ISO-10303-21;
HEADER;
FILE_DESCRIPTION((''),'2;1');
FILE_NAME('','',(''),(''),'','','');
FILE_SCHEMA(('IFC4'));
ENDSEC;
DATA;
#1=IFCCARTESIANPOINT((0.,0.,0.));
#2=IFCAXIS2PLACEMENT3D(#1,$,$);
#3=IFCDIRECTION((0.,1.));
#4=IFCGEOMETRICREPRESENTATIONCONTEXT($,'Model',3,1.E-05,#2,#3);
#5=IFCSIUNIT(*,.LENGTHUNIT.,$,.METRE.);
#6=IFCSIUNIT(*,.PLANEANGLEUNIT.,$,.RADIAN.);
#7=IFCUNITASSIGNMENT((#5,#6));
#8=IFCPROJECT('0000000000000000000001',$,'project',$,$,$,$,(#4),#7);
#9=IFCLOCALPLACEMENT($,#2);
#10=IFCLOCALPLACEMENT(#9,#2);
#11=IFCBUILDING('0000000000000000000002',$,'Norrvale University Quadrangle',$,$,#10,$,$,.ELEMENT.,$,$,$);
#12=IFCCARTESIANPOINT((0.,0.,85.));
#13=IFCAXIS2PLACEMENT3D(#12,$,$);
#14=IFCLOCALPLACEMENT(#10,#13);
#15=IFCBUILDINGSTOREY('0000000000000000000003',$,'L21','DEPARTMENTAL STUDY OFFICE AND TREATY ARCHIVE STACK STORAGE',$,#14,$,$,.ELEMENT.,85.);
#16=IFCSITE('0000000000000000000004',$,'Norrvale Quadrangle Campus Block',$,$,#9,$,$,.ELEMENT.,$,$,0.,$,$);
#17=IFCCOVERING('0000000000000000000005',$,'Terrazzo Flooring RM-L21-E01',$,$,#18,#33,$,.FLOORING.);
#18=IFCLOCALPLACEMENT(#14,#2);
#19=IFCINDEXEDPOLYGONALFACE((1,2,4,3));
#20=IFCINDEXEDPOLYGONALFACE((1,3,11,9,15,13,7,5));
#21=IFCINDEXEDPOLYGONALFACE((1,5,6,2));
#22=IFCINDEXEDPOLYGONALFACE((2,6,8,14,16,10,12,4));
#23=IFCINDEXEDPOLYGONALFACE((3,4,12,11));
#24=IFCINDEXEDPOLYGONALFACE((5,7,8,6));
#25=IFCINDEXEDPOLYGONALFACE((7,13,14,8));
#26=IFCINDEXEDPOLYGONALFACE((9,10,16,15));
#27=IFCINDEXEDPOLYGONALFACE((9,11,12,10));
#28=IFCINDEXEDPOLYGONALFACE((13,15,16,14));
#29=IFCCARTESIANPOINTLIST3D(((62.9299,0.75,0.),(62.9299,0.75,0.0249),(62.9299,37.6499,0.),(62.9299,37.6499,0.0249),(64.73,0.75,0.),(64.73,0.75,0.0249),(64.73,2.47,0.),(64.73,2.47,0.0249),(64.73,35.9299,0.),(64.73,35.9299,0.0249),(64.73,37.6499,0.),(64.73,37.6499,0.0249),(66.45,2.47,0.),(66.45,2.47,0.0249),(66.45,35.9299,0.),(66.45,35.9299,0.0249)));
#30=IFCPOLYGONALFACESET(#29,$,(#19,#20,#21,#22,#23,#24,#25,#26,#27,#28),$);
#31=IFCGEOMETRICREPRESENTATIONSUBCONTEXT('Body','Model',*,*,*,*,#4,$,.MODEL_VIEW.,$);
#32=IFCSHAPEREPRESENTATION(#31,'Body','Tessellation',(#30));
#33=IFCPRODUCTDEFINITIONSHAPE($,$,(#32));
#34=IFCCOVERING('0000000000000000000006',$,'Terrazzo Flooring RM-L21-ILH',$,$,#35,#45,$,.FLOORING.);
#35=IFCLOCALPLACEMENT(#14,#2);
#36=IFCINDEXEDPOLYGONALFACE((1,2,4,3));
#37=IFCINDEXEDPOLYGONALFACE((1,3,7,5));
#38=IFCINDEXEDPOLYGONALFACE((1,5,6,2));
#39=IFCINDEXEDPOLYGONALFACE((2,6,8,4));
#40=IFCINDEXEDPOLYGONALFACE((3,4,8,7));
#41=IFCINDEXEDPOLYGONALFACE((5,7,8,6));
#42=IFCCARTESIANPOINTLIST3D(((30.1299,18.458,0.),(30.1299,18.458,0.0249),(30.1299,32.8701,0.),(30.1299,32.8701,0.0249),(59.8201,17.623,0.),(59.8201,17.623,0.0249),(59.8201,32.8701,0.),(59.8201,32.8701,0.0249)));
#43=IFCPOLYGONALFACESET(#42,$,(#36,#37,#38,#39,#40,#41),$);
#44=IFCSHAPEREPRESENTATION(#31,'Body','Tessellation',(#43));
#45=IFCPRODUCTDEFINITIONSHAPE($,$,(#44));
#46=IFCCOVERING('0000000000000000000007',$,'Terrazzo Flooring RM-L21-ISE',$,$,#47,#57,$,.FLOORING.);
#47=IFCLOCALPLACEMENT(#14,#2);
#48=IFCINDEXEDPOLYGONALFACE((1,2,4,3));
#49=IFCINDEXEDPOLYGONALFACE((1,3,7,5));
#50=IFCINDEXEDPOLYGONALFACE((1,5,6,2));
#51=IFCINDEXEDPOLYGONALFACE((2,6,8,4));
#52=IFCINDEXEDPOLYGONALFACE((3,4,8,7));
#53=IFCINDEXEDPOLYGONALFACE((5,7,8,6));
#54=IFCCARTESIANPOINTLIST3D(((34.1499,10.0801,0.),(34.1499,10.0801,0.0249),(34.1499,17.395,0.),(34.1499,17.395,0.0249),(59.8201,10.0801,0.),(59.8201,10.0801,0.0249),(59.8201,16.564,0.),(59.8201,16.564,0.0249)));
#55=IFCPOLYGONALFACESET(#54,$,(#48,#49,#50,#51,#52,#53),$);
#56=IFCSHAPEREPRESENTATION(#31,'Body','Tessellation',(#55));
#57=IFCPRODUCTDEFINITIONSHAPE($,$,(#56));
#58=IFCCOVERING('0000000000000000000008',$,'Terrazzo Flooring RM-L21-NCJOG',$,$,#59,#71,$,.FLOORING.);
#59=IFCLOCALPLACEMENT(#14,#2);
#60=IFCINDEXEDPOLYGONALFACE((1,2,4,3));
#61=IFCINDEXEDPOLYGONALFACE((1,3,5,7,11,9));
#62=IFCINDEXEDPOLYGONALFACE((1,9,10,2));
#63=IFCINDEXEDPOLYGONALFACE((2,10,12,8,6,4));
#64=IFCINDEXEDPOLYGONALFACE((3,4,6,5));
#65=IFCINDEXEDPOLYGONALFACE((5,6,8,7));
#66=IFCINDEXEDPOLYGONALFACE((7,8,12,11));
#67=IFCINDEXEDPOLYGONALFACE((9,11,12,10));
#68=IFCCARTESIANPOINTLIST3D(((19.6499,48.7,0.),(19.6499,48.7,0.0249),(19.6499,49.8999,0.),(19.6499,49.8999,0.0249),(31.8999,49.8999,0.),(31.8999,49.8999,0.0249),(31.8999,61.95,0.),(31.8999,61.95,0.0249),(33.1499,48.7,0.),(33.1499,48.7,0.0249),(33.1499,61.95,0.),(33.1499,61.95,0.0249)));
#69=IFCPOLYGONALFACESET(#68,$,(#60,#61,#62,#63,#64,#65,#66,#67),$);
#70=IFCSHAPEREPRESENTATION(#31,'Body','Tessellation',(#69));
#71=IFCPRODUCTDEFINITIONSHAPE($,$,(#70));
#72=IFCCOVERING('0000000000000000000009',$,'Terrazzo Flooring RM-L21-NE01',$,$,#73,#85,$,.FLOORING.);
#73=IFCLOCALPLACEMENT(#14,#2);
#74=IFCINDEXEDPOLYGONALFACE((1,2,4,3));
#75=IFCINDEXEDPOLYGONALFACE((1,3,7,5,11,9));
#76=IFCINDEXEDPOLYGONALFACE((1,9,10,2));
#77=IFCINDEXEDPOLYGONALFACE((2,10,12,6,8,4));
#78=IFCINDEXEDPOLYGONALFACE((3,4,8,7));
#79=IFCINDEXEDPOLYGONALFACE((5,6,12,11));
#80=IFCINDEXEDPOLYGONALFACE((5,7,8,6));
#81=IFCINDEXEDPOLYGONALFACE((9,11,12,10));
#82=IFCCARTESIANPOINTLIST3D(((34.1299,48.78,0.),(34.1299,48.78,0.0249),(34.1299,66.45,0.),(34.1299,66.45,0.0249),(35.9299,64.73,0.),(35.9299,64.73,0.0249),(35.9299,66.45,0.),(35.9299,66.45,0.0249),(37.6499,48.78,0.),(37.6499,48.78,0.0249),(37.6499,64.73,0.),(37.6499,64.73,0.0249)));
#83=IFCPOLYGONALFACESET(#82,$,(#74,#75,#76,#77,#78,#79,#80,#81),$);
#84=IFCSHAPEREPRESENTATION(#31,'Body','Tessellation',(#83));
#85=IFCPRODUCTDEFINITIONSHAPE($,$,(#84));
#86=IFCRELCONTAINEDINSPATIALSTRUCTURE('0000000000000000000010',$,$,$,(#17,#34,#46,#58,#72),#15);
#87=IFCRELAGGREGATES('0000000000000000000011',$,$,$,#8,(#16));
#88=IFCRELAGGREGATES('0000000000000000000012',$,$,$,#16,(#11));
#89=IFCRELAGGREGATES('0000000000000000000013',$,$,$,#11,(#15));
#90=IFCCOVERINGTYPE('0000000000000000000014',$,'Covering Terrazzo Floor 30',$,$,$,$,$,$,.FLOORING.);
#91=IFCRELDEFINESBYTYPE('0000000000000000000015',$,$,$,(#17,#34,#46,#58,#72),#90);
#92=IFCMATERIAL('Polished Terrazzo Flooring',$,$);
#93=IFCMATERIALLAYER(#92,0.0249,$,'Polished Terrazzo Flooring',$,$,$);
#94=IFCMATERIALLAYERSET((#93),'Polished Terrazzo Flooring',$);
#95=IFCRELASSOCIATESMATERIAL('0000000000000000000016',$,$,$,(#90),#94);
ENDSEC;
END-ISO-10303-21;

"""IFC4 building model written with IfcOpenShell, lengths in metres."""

from ifc_helpers import new_model, si_unit, direction, frame, origin, place, context, subcontext, project, spatial, polyline, outline, extrude, material, layer, layer_set, type_object, element, save


model = new_model("IFC4")

# Units and contexts
model_context = context("Model", 3, precision=1e-05, world=origin(), true_north=direction((0.0, 1.0)))
body_context = subcontext(model_context, "Body", "Model", "MODEL_VIEW")
ifc_project = project(units=[si_unit("LENGTHUNIT", "METRE"), si_unit("PLANEANGLEUNIT", "RADIAN")], contexts=[model_context])

# Site, building, storey
site_placement = place(None, origin())
site = spatial("IfcSite", under=ifc_project, at=site_placement, Name="Norrvale Quadrangle Campus Block", CompositionType="ELEMENT", RefElevation=0.0)
building_placement = place(site_placement, origin())
building = spatial("IfcBuilding", under=site, at=building_placement, Name="Norrvale University Quadrangle", CompositionType="ELEMENT")
storey_placement = place(building_placement, frame((0.0, 0.0, 85.0)))
storey = spatial("IfcBuildingStorey", under=building, at=storey_placement, Name="L21", Description="DEPARTMENTAL STUDY OFFICE AND TREATY ARCHIVE STACK STORAGE", CompositionType="ELEMENT", Elevation=85.0)

# Coverings
ifc_material_1 = material(Name="Polished Terrazzo Flooring")
ifc_layer_1 = layer(ifc_material_1, 0.0249, Name="Polished Terrazzo Flooring")
ifc_layer_set_1 = layer_set([ifc_layer_1], Name="Polished Terrazzo Flooring")
covering_type_1 = type_object("IfcCoveringType", Name="Covering Terrazzo Floor 30", PredefinedType="FLOORING", material=ifc_layer_set_1)
covering_1_placement = place(storey_placement, origin())
element("IfcCovering", 1, at=covering_1_placement, inside=storey, type_object=covering_type_1, Name="Terrazzo Flooring RM-L21-E01", PredefinedType="FLOORING", context=body_context, shape_type="SweptSolid", body=[
    extrude(outline(polyline([(62.9299, 0.75), (62.9299, 37.6499), (64.73, 37.6499), (64.73, 35.9299), (66.45, 35.9299), (66.45, 2.47), (64.73, 2.47), (64.73, 0.75), (62.9299, 0.75)])), origin(), (0.0, 0.0, 1.0), 0.0249),
])
covering_2_placement = place(storey_placement, origin())
element("IfcCovering", 2, at=covering_2_placement, inside=storey, type_object=covering_type_1, Name="Terrazzo Flooring RM-L21-ILH", PredefinedType="FLOORING", context=body_context, shape_type="SweptSolid", body=[
    extrude(outline(polyline([(30.1299, 18.458), (30.1299, 32.8701), (59.8201, 32.8701), (59.8201, 17.623), (30.1299, 18.458)])), origin(), (0.0, 0.0, 1.0), 0.0249),
])
covering_3_placement = place(storey_placement, origin())
element("IfcCovering", 3, at=covering_3_placement, inside=storey, type_object=covering_type_1, Name="Terrazzo Flooring RM-L21-ISE", PredefinedType="FLOORING", context=body_context, shape_type="SweptSolid", body=[
    extrude(outline(polyline([(34.1499, 10.0801), (34.1499, 17.395), (59.8201, 16.564), (59.8201, 10.0801), (34.1499, 10.0801)])), origin(), (0.0, 0.0, 1.0), 0.0249),
])
covering_4_placement = place(storey_placement, origin())
element("IfcCovering", 4, at=covering_4_placement, inside=storey, type_object=covering_type_1, Name="Terrazzo Flooring RM-L21-NCJOG", PredefinedType="FLOORING", context=body_context, shape_type="SweptSolid", body=[
    extrude(outline(polyline([(19.6499, 48.7), (19.6499, 49.8999), (31.8999, 49.8999), (31.8999, 61.95), (33.1499, 61.95), (33.1499, 48.7), (19.6499, 48.7)])), origin(), (0.0, 0.0, 1.0), 0.0249),
])
covering_5_placement = place(storey_placement, origin())
element("IfcCovering", 5, at=covering_5_placement, inside=storey, type_object=covering_type_1, Name="Terrazzo Flooring RM-L21-NE01", PredefinedType="FLOORING", context=body_context, shape_type="SweptSolid", body=[
    extrude(outline(polyline([(37.6499, 48.78), (34.1299, 48.78), (34.1299, 66.45), (35.9299, 66.45), (35.9299, 64.73), (37.6499, 64.73), (37.6499, 48.78)])), origin(), (0.0, 0.0, 1.0), 0.0249),
])

save(model, "model.ifc")
